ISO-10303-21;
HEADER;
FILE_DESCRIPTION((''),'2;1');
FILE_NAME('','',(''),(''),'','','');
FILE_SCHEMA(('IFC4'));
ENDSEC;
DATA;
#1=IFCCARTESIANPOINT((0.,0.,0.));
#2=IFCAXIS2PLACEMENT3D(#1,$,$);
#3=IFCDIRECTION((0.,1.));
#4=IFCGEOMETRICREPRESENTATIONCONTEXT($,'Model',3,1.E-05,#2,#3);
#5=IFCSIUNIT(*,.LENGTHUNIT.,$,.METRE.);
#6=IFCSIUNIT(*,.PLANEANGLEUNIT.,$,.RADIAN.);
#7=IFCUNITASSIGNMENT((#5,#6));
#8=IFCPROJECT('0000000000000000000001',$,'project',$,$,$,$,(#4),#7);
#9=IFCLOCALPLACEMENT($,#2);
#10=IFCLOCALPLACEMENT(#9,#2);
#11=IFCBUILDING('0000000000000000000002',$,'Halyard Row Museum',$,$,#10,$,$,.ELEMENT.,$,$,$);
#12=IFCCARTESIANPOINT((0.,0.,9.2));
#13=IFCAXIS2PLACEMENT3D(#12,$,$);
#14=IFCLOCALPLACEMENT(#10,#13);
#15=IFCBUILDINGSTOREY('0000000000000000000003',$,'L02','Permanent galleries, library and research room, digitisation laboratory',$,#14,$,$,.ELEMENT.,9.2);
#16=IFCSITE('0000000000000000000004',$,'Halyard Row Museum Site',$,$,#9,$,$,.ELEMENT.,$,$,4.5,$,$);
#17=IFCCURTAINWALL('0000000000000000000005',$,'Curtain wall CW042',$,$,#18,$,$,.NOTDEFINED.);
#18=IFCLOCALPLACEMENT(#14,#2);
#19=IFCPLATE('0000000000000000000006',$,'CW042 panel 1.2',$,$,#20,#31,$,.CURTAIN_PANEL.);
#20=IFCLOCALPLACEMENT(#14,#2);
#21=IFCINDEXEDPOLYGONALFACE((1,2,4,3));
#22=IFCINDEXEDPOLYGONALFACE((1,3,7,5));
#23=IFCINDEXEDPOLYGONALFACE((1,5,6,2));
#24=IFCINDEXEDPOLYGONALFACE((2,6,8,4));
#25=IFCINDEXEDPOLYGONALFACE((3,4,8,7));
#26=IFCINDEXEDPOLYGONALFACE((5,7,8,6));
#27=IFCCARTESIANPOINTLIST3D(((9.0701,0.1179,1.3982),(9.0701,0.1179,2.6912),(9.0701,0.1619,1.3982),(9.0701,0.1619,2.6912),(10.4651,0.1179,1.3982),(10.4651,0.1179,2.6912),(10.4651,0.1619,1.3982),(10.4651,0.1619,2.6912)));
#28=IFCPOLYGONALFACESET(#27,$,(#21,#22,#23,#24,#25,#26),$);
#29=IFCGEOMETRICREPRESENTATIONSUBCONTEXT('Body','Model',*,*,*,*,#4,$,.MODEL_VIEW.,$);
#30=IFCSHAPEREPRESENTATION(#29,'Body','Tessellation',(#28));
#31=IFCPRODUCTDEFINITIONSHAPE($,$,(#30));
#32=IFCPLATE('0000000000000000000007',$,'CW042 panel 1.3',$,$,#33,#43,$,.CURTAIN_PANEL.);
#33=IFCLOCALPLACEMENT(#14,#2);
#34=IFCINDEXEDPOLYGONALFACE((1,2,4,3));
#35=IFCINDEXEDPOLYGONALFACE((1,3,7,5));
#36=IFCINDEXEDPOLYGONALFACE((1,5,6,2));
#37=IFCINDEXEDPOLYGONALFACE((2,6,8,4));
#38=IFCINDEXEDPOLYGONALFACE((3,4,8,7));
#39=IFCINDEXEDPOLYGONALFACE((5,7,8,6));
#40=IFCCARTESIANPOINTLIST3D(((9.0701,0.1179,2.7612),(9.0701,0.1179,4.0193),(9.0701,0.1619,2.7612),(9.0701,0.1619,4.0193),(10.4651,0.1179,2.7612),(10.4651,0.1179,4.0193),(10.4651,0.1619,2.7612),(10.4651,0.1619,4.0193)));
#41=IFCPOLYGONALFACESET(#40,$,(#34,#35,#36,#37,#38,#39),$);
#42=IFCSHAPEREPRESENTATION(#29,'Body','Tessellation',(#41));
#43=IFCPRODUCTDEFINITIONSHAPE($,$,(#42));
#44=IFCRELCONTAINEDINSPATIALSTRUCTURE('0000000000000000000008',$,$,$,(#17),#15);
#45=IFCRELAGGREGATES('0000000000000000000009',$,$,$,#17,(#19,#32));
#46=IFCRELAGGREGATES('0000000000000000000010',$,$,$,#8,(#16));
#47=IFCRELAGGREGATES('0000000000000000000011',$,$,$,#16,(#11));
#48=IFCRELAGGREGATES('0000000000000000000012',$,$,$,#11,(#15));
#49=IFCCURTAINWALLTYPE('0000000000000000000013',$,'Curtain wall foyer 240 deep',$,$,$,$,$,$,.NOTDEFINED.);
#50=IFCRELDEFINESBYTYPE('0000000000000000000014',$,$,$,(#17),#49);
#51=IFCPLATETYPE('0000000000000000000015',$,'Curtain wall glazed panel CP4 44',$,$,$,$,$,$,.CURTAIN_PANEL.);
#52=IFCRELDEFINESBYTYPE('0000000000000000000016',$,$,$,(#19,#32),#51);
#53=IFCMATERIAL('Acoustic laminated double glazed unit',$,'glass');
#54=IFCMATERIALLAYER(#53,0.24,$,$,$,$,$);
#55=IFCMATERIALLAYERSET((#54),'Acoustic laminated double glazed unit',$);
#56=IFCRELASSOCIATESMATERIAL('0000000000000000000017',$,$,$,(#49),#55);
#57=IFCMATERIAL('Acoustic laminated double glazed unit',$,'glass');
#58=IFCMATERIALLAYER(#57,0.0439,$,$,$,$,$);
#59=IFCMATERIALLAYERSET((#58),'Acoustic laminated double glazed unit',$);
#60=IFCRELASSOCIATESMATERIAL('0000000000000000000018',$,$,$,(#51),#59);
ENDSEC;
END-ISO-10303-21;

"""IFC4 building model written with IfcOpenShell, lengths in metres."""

from ifc_helpers import new_model, si_unit, direction, frame, origin, origin_2d, place, context, subcontext, project, spatial, rectangle, extrude, material, layer, layer_set, type_object, element, aggregate, save


model = new_model("IFC4")

# Units and contexts
model_context = context("Model", 3, precision=1e-05, world=origin(), true_north=direction((0.0, 1.0)))
body_context = subcontext(model_context, "Body", "Model", "MODEL_VIEW")
ifc_project = project(units=[si_unit("LENGTHUNIT", "METRE"), si_unit("PLANEANGLEUNIT", "RADIAN")], contexts=[model_context])

# Site, building, storey
site_placement = place(None, origin())
site = spatial("IfcSite", under=ifc_project, at=site_placement, Name="Halyard Row Museum Site", CompositionType="ELEMENT", RefElevation=4.5)
building_placement = place(site_placement, origin())
building = spatial("IfcBuilding", under=site, at=building_placement, Name="Halyard Row Museum", CompositionType="ELEMENT")
storey_placement = place(building_placement, frame((0.0, 0.0, 9.2)))
storey = spatial("IfcBuildingStorey", under=building, at=storey_placement, Name="L02", Description="Permanent galleries, library and research room, digitisation laboratory", CompositionType="ELEMENT", Elevation=9.2)

# Curtain wall
ifc_material_1 = material(Name="Acoustic laminated double glazed unit", Category="glass")
ifc_layer_1 = layer(ifc_material_1, 0.24)
ifc_layer_set_1 = layer_set([ifc_layer_1], Name="Acoustic laminated double glazed unit")
curtain_wall_type = type_object("IfcCurtainWallType", Name="Curtain wall foyer 240 deep", PredefinedType="NOTDEFINED", material=ifc_layer_set_1)
curtain_wall_1_placement = place(storey_placement, origin())
curtain_wall_1 = element("IfcCurtainWall", 1, at=curtain_wall_1_placement, inside=storey, type_object=curtain_wall_type, Name="Curtain wall CW042", PredefinedType="NOTDEFINED")

# Plates
ifc_material_2 = material(Name="Acoustic laminated double glazed unit", Category="glass")
ifc_layer_2 = layer(ifc_material_2, 0.0439)
ifc_layer_set_2 = layer_set([ifc_layer_2], Name="Acoustic laminated double glazed unit")
plate_type = type_object("IfcPlateType", Name="Curtain wall glazed panel CP4 44", PredefinedType="CURTAIN_PANEL", material=ifc_layer_set_2)
plate_1_placement = place(storey_placement, frame((9.7676, 0.1399, 1.3982), z_axis=(0.0, 0.0, 1.0), x_axis=(1.0, 0.0, 0.0)))
plate_1 = element("IfcPlate", 2, at=plate_1_placement, type_object=plate_type, Name="CW042 panel 1.2", PredefinedType="CURTAIN_PANEL", context=body_context, shape_type="SweptSolid", body=[
    extrude(rectangle(XDim=1.395, YDim=0.0439, at=origin_2d()), origin(), (0.0, 0.0, 1.0), 1.293),
])
plate_2_placement = place(storey_placement, frame((9.7676, 0.1399, 2.7612), z_axis=(0.0, 0.0, 1.0), x_axis=(1.0, 0.0, 0.0)))
plate_2 = element("IfcPlate", 3, at=plate_2_placement, type_object=plate_type, Name="CW042 panel 1.3", PredefinedType="CURTAIN_PANEL", context=body_context, shape_type="SweptSolid", body=[
    extrude(rectangle(XDim=1.395, YDim=0.0439, at=origin_2d()), origin(), (0.0, 0.0, 1.0), 1.2581),
])
aggregate(curtain_wall_1, [plate_1, plate_2])

save(model, "model.ifc")
